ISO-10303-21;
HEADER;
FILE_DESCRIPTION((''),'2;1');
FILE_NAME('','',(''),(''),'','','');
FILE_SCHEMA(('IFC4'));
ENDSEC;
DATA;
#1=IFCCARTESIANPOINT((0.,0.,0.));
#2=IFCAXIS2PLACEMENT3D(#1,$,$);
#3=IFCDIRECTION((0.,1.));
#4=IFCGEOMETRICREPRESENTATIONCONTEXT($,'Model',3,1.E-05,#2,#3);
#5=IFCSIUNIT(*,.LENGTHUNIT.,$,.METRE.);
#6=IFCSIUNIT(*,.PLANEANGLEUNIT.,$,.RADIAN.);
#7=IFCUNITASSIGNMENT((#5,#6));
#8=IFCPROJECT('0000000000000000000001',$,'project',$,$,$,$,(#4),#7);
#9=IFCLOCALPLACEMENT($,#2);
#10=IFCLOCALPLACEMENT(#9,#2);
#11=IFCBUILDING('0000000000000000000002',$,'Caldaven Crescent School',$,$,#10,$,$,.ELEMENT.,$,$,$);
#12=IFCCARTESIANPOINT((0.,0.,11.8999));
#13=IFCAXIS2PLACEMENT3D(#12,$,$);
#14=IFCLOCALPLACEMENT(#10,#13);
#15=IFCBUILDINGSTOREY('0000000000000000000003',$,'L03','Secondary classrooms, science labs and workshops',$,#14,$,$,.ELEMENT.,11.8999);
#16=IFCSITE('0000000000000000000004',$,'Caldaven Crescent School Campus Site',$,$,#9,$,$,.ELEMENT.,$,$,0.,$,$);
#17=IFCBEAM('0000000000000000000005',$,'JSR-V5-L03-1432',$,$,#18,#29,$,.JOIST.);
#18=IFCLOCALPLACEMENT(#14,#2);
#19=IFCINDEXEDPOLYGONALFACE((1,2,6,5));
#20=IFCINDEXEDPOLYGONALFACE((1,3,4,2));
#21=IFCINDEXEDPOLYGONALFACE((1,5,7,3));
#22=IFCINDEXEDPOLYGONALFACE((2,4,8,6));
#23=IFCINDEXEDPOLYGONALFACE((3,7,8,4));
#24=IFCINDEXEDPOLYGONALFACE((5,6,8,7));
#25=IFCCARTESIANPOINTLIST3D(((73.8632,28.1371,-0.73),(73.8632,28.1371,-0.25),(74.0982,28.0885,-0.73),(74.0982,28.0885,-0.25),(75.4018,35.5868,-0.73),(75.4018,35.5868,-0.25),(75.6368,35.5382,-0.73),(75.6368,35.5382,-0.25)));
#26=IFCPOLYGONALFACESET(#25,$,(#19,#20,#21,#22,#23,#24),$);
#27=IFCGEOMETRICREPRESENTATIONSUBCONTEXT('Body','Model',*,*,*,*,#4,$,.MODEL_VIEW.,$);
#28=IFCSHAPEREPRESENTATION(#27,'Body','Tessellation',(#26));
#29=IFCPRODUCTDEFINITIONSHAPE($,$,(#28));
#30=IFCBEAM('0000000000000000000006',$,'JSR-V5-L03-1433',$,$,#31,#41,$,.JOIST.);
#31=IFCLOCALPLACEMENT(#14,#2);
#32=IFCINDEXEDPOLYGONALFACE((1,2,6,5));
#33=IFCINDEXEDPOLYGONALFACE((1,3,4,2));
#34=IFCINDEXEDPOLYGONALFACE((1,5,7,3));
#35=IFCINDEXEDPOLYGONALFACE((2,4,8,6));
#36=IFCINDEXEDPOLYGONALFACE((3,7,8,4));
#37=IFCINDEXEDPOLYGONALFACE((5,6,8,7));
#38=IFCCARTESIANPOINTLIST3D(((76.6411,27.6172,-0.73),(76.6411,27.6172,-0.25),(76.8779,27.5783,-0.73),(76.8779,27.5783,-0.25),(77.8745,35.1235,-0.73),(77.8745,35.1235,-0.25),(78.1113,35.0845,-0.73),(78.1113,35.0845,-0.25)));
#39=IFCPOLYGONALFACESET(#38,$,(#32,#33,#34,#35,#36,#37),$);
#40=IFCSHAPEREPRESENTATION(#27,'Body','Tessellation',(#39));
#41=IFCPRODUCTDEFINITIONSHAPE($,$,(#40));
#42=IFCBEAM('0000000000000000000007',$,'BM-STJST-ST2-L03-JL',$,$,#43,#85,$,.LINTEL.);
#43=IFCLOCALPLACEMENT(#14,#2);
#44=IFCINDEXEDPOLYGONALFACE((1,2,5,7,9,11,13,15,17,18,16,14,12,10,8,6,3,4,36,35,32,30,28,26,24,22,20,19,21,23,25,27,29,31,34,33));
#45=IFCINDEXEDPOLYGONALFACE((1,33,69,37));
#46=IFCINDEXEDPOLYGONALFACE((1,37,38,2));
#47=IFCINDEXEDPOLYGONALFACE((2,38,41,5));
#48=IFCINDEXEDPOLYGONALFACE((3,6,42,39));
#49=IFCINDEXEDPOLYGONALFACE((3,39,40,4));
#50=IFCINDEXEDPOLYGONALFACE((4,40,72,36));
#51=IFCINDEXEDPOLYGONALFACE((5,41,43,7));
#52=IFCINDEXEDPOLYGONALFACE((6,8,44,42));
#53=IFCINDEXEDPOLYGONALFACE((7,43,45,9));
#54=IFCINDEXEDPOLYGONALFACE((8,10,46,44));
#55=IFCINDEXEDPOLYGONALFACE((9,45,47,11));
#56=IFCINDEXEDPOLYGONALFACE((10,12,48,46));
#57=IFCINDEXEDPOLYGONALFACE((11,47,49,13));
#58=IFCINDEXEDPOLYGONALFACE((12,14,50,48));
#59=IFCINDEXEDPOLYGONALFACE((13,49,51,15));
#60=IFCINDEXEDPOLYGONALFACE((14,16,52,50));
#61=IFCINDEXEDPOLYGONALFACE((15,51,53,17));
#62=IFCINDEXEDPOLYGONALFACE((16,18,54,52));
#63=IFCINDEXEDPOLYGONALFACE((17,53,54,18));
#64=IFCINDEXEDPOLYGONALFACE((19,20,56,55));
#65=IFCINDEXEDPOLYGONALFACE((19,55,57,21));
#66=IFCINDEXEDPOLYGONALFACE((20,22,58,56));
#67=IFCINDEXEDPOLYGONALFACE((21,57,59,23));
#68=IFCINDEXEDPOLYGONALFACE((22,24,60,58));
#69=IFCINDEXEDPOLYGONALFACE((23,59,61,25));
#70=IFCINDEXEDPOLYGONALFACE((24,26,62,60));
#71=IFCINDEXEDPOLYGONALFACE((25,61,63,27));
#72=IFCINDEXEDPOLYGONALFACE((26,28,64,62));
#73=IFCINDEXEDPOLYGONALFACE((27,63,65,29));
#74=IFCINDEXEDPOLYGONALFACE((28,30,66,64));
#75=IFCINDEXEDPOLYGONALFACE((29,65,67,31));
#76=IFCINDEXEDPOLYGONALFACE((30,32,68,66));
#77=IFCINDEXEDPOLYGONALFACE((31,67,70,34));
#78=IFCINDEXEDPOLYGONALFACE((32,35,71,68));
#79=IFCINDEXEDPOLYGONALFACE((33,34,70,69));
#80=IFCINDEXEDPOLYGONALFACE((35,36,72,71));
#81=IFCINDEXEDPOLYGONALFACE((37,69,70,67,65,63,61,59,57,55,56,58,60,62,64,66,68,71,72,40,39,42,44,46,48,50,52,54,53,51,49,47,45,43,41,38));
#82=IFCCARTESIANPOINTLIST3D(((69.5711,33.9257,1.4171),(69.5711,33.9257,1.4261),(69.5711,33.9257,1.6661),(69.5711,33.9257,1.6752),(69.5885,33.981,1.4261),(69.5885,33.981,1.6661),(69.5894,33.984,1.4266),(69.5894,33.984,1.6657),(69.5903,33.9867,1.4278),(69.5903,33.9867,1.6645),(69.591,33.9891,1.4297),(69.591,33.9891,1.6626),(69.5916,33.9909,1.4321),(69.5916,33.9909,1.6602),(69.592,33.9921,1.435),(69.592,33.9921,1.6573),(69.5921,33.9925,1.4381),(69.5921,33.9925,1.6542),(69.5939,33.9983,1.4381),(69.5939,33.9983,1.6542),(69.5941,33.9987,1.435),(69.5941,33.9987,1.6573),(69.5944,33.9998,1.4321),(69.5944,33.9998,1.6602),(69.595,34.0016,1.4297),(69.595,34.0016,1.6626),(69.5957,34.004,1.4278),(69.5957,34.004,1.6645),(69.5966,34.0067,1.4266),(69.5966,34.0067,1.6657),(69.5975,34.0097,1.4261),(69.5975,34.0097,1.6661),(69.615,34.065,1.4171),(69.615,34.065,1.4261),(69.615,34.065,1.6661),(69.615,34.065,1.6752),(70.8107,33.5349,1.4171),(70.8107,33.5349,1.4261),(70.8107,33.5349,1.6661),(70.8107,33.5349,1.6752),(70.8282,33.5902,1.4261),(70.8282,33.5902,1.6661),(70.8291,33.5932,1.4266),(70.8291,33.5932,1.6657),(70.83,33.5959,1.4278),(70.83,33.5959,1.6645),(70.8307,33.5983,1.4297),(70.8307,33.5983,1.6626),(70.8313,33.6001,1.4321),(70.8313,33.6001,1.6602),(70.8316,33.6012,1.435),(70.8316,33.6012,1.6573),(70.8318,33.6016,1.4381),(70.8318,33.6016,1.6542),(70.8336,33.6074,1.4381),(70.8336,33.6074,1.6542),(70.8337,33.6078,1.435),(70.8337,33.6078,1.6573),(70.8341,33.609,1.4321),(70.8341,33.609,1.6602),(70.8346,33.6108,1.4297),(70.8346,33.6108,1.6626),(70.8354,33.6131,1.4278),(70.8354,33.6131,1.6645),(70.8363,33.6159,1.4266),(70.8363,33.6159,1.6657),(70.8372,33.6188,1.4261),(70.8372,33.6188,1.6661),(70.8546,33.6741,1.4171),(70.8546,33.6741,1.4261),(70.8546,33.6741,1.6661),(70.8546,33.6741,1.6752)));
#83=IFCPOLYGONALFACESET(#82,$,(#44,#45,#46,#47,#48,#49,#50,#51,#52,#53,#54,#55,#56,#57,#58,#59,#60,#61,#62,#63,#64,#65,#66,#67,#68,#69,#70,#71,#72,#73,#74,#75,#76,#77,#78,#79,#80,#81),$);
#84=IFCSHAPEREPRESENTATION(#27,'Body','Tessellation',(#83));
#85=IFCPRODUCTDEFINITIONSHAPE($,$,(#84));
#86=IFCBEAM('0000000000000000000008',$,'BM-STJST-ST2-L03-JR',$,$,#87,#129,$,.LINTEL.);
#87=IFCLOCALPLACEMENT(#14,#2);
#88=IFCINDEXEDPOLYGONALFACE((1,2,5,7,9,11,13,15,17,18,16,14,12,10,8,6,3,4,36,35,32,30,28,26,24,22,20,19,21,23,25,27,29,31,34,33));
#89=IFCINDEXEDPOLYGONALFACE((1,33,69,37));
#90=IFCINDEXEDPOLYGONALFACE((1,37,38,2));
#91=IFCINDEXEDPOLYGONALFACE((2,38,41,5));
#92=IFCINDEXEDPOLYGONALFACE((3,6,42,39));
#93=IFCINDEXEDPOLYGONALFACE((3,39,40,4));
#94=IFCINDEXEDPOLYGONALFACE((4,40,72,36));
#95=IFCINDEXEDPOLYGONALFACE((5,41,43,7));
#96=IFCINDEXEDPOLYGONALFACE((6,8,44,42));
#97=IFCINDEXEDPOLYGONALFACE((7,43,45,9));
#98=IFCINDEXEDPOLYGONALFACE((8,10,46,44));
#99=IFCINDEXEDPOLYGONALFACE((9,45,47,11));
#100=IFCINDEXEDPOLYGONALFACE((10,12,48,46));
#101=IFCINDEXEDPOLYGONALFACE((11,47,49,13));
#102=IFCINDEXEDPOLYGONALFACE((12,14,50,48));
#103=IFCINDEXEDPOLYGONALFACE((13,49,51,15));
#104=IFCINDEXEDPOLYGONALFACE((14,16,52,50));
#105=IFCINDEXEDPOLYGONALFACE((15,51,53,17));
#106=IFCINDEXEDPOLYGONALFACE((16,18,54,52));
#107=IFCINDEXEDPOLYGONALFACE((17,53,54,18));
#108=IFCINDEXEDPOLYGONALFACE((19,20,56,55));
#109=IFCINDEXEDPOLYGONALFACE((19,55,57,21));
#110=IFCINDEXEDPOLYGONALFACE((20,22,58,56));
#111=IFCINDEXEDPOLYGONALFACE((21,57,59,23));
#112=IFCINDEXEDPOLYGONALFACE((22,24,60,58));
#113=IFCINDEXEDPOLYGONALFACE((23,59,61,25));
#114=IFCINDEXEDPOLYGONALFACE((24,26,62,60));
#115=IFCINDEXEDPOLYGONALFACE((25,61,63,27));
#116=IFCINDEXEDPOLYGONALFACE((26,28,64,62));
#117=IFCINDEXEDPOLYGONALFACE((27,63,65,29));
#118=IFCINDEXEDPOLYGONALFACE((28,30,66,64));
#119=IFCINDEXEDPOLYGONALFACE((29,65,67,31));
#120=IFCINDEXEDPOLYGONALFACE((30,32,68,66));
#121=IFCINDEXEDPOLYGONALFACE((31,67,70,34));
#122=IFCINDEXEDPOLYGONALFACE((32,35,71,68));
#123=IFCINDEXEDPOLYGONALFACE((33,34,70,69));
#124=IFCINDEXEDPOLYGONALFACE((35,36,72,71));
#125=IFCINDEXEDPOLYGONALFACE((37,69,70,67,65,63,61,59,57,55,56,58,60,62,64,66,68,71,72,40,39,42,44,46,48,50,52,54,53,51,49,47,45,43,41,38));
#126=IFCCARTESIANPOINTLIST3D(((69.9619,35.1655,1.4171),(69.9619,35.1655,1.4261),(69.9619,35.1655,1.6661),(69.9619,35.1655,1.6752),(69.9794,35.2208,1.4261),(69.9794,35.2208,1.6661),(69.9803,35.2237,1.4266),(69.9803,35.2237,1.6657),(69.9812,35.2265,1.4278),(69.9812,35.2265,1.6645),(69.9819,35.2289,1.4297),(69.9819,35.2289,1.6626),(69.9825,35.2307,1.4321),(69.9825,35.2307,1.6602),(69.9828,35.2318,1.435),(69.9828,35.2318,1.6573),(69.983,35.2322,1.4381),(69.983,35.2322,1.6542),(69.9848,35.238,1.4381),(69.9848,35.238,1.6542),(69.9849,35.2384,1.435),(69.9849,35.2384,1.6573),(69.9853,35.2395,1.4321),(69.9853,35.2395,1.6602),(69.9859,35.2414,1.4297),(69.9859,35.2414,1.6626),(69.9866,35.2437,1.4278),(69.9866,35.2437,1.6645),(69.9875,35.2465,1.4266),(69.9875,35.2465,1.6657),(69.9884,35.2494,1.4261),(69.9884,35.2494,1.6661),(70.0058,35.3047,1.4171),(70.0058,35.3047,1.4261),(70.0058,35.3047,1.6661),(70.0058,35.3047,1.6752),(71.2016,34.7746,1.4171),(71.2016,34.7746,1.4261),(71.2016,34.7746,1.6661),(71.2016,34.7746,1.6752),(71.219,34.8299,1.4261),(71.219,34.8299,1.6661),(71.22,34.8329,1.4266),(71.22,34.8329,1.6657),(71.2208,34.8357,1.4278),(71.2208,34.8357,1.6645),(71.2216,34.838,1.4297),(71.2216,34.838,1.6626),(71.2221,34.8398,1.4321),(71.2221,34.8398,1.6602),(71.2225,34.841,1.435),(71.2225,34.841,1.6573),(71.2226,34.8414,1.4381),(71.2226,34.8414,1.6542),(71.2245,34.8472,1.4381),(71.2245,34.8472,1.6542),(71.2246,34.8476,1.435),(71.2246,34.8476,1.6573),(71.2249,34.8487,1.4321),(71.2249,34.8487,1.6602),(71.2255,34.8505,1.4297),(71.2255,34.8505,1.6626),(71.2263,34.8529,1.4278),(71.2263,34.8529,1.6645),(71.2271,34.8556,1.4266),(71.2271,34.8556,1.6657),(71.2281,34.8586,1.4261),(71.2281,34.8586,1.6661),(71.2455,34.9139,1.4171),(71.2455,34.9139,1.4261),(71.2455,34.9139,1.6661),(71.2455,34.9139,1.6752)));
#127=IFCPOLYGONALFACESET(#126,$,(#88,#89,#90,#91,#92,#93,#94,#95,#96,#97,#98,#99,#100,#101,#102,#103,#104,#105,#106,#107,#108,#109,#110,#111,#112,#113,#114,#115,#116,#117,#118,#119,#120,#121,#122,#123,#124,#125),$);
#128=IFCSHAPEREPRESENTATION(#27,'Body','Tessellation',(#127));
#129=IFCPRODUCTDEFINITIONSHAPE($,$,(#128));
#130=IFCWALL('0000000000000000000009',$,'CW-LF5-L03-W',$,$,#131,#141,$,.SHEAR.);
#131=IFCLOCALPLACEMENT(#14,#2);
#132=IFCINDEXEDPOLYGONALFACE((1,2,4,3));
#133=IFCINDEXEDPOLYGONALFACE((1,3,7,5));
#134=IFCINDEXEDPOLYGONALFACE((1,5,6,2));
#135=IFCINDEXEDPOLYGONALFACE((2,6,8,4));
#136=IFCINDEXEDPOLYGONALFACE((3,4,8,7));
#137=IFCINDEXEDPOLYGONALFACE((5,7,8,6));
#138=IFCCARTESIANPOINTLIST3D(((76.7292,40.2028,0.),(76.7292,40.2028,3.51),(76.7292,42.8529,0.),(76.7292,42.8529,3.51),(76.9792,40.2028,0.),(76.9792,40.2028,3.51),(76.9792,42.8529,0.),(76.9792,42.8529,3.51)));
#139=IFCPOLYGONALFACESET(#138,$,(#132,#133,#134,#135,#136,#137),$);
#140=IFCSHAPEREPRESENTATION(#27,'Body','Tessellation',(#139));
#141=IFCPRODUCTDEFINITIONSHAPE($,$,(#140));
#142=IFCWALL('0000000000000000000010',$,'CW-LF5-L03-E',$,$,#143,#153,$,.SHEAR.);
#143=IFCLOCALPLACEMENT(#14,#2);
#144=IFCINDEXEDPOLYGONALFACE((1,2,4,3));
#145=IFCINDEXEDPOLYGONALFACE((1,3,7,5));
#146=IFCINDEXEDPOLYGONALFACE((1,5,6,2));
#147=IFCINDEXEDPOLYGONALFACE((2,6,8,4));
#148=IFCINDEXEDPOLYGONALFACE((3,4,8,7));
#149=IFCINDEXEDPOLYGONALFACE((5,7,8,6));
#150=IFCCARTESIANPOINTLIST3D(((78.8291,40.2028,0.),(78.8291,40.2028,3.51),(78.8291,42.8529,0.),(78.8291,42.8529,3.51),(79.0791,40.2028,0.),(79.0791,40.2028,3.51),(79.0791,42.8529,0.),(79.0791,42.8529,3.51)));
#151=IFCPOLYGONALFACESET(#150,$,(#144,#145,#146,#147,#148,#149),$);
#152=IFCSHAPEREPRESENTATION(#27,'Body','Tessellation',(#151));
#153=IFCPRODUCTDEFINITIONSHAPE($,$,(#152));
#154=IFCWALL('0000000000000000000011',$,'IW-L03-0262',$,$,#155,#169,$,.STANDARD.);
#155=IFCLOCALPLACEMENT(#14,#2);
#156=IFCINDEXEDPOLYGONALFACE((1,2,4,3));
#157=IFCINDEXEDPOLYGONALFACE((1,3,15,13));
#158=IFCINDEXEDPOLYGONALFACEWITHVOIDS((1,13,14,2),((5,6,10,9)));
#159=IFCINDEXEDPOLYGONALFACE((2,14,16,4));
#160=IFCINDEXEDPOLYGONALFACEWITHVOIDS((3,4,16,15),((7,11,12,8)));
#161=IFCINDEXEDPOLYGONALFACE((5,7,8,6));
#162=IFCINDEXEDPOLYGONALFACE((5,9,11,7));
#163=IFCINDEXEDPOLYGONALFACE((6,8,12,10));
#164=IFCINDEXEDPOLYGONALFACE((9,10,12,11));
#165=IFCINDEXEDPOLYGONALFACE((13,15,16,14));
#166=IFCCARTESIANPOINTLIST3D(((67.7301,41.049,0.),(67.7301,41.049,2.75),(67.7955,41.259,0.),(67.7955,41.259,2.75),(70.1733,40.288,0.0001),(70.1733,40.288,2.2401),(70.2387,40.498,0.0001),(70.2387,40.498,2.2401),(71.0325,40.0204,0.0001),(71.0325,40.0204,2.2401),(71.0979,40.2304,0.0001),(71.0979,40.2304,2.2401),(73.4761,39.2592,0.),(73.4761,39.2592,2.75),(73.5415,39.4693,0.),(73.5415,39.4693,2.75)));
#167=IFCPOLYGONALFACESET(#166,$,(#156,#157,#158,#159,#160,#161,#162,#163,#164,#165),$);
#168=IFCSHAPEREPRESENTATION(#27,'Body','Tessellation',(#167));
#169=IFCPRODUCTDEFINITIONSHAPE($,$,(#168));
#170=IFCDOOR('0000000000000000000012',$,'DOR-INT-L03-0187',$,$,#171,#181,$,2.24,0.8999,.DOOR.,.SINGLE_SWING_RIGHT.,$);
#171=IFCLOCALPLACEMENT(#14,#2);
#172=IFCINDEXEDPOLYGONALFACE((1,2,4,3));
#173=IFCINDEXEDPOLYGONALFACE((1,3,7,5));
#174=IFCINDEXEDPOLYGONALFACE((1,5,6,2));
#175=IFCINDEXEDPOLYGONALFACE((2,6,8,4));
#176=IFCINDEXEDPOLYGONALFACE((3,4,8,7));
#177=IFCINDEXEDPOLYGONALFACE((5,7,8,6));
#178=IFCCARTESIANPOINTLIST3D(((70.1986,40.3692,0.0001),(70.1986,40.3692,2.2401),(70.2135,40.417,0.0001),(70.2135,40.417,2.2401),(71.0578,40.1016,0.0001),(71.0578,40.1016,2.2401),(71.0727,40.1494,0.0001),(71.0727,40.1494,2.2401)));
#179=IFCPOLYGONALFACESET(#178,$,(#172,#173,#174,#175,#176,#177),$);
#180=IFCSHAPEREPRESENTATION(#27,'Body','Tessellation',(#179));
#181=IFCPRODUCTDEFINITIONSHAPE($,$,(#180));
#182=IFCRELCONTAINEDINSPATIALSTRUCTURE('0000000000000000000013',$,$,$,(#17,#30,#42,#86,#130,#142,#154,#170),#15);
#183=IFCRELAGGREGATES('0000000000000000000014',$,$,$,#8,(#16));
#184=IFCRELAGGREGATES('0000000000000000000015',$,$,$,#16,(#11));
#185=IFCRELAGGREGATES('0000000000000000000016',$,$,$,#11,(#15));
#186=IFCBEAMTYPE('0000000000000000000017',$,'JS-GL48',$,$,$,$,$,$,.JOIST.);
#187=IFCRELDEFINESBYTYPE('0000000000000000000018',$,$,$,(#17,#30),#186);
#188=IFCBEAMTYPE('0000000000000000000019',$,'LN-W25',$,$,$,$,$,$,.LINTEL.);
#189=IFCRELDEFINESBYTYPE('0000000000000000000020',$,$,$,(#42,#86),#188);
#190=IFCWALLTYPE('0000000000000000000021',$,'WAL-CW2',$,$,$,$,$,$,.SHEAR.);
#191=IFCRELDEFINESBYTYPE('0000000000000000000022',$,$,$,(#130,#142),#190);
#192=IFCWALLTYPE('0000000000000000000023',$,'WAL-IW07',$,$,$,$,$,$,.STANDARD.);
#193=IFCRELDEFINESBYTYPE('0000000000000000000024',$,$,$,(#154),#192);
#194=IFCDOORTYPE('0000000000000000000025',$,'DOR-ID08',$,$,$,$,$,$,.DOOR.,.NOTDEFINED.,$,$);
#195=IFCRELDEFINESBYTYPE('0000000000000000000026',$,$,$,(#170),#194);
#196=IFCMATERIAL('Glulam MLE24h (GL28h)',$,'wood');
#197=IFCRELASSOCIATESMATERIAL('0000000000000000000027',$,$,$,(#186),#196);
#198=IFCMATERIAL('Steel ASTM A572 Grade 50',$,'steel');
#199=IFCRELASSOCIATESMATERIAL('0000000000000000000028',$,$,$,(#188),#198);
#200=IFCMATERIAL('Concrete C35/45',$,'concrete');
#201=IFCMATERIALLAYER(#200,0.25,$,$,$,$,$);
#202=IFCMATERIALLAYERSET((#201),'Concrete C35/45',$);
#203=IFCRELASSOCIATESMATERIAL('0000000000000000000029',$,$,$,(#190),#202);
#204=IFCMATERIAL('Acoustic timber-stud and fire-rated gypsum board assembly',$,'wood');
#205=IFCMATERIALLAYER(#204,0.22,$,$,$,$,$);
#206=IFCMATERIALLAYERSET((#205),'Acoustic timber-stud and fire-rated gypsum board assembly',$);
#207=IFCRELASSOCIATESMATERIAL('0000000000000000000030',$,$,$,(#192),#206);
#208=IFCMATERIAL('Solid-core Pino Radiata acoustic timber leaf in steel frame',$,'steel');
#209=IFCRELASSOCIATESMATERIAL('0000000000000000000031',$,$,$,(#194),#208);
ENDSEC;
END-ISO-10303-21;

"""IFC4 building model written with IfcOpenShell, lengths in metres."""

from ifc_helpers import new_model, si_unit, direction, frame, frame_2d, origin, origin_2d, place, context, subcontext, project, spatial, rectangle, i_section, extrude, material, layer, layer_set, material_profile, profile_set, type_object, element, fill, save


model = new_model("IFC4")

# Units and contexts
model_context = context("Model", 3, precision=1e-05, world=origin(), true_north=direction((0.0, 1.0)))
body_context = subcontext(model_context, "Body", "Model", "MODEL_VIEW")
ifc_project = project(units=[si_unit("LENGTHUNIT", "METRE"), si_unit("PLANEANGLEUNIT", "RADIAN")], contexts=[model_context])

# Site, building, storey
site_placement = place(None, origin())
site = spatial("IfcSite", under=ifc_project, at=site_placement, Name="Caldaven Crescent School Campus Site", CompositionType="ELEMENT", RefElevation=0.0)
building_placement = place(site_placement, origin())
building = spatial("IfcBuilding", under=site, at=building_placement, Name="Caldaven Crescent School", CompositionType="ELEMENT")
storey_placement = place(building_placement, frame((0.0, 0.0, 11.8999)))
storey = spatial("IfcBuildingStorey", under=building, at=storey_placement, Name="L03", Description="Secondary classrooms, science labs and workshops", CompositionType="ELEMENT", Elevation=11.8999)

# Shared definitions
ifc_material_1 = material(Name="Glulam MLE24h (GL28h)", Category="wood")
ifc_material_2 = material(Name="Steel ASTM A572 Grade 50", Category="steel")

# Beams
ifc_material_profile_1 = material_profile(ifc_material_1, rectangle(XDim=0.24, YDim=0.48, at=origin_2d()), Name="MLE 240x480")
ifc_profile_set_1 = profile_set([ifc_material_profile_1], Name="Glulam MLE24h (GL28h)")
beam_type_1 = type_object("IfcBeamType", Name="JS-GL48", PredefinedType="JOIST", material=ifc_profile_set_1)
for number, where, z_axis, x_axis, name in (
    (1, (75.5193, 35.5625, -0.49), (-0.20226, -0.979332, 0.0), (0.979332, -0.20226, 0.0), "JSR-V5-L03-1432"),
    (2, (77.9929, 35.104, -0.49), (-0.16214, -0.986768, 0.0), (0.986768, -0.16214, 0.0), "JSR-V5-L03-1433"),
):
    element("IfcBeam", number, at=place(storey_placement, frame(where, z_axis=z_axis, x_axis=x_axis)), inside=storey, type_object=beam_type_1, Name=name, PredefinedType="JOIST", context=body_context, shape_type="SweptSolid", body=[
        extrude(rectangle(XDim=0.24, YDim=0.48, at=origin_2d()), origin(), (0.0, 0.0, 1.0), 7.6069),
    ])
ifc_material_profile_2 = material_profile(ifc_material_2, i_section(OverallWidth=0.146, OverallDepth=0.2581, WebThickness=0.0061, FlangeThickness=0.009, FilletRadius=0.012, at=origin_2d()), Name="W250x33")
ifc_profile_set_2 = profile_set([ifc_material_profile_2], Name="Steel ASTM A572 Grade 50")
beam_type_2 = type_object("IfcBeamType", Name="LN-W25", PredefinedType="LINTEL", material=ifc_profile_set_2)
for number, where, z_axis, x_axis, name in (
    (3, (69.593, 33.9954, 1.5461), (0.953722, -0.300691, 0.0), (0.300691, 0.953722, 0.0), "BM-STJST-ST2-L03-JL"),
    (4, (69.9839, 35.2351, 1.5461), (0.953722, -0.300691, 0.0), (0.300691, 0.953722, 0.0), "BM-STJST-ST2-L03-JR"),
):
    element("IfcBeam", number, at=place(storey_placement, frame(where, z_axis=z_axis, x_axis=x_axis)), inside=storey, type_object=beam_type_2, Name=name, PredefinedType="LINTEL", context=body_context, shape_type="SweptSolid", body=[
        extrude(i_section(OverallWidth=0.146, OverallDepth=0.2581, WebThickness=0.0061, FlangeThickness=0.009, FilletRadius=0.012, at=origin_2d()), origin(), (0.0, 0.0, 1.0), 1.2998),
    ])

# Shared definitions
ifc_material_3 = material(Name="Concrete C35/45", Category="concrete")

# Walls
ifc_layer_1 = layer(ifc_material_3, 0.25)
ifc_layer_set_1 = layer_set([ifc_layer_1], Name="Concrete C35/45")
wall_type_1 = type_object("IfcWallType", Name="WAL-CW2", PredefinedType="SHEAR", material=ifc_layer_set_1)
for number, where, z_axis, x_axis, name in (
    (5, (76.8542, 40.2026, 0.0), (0.0, 0.0, 1.0), (0.0, 1.0, 0.0), "CW-LF5-L03-W"),
    (6, (78.9541, 40.2026, 0.0), (0.0, 0.0, 1.0), (0.0, 1.0, 0.0), "CW-LF5-L03-E"),
):
    element("IfcWall", number, at=place(storey_placement, frame(where, z_axis=z_axis, x_axis=x_axis)), inside=storey, type_object=wall_type_1, Name=name, PredefinedType="SHEAR", context=body_context, shape_type="SweptSolid", body=[
        extrude(rectangle(XDim=2.6501, YDim=0.25, at=frame_2d((1.3252, 0.0))), origin(), (0.0, 0.0, 1.0), 3.51),
    ])

# Wall, opening, door
ifc_material_4 = material(Name="Acoustic timber-stud and fire-rated gypsum board assembly", Category="wood")
ifc_layer_2 = layer(ifc_material_4, 0.22)
ifc_layer_set_2 = layer_set([ifc_layer_2], Name="Acoustic timber-stud and fire-rated gypsum board assembly")
wall_type_2 = type_object("IfcWallType", Name="WAL-IW07", PredefinedType="STANDARD", material=ifc_layer_set_2)
wall_1_placement = place(storey_placement, frame((67.7627, 41.1541, 0.0), z_axis=(0.0, 0.0, 1.0), x_axis=(0.954757, -0.297388, 0.0)))
wall_1 = element("IfcWall", 7, at=wall_1_placement, inside=storey, type_object=wall_type_2, Name="IW-L03-0262", PredefinedType="STANDARD", context=body_context, shape_type="SweptSolid", body=[
    extrude(rectangle(XDim=6.0183, YDim=0.22, at=frame_2d((3.0093, 0.0))), origin(), (0.0, 0.0, 1.0), 2.75),
])
opening_1_placement = place(wall_1_placement, frame((2.5591, 0.0, 0.0)))
opening_1 = element("IfcOpeningElement", 8, at=opening_1_placement, cuts=wall_1, PredefinedType="OPENING", context=body_context, shape_type="SweptSolid", body=[
    extrude(rectangle(XDim=0.8999, YDim=2.24, at=frame_2d((0.45, 1.1201))), frame((0.0, 0.1199, 0.0), z_axis=(0.0, -1.0, 0.0), x_axis=(1.0, 0.0, 0.0)), (0.0, 0.0, 1.0), 0.24),
])
ifc_material_5 = material(Name="Solid-core Pino Radiata acoustic timber leaf in steel frame", Category="steel")
door_type_1 = type_object("IfcDoorType", Name="DOR-ID08", OperationType="NOTDEFINED", PredefinedType="DOOR", material=ifc_material_5)
door_1_placement = place(opening_1_placement, frame((0.8999, 0.0, 0.0), z_axis=(0.0, 0.0, 1.0), x_axis=(-1.0, 0.0, 0.0)))
door_1 = element("IfcDoor", 9, at=door_1_placement, inside=storey, type_object=door_type_1, Name="DOR-INT-L03-0187", OperationType="SINGLE_SWING_RIGHT", OverallHeight=2.24, OverallWidth=0.8999, PredefinedType="DOOR", context=body_context, shape_type="SweptSolid", body=[
    extrude(rectangle(XDim=0.8999, YDim=2.24, at=frame_2d((0.45, 1.1201))), frame((0.0, 0.0249, 0.0), z_axis=(0.0, -1.0, 0.0), x_axis=(1.0, 0.0, 0.0)), (0.0, 0.0, 1.0), 0.05),
])
fill(opening_1, door_1)

save(model, "model.ifc")
